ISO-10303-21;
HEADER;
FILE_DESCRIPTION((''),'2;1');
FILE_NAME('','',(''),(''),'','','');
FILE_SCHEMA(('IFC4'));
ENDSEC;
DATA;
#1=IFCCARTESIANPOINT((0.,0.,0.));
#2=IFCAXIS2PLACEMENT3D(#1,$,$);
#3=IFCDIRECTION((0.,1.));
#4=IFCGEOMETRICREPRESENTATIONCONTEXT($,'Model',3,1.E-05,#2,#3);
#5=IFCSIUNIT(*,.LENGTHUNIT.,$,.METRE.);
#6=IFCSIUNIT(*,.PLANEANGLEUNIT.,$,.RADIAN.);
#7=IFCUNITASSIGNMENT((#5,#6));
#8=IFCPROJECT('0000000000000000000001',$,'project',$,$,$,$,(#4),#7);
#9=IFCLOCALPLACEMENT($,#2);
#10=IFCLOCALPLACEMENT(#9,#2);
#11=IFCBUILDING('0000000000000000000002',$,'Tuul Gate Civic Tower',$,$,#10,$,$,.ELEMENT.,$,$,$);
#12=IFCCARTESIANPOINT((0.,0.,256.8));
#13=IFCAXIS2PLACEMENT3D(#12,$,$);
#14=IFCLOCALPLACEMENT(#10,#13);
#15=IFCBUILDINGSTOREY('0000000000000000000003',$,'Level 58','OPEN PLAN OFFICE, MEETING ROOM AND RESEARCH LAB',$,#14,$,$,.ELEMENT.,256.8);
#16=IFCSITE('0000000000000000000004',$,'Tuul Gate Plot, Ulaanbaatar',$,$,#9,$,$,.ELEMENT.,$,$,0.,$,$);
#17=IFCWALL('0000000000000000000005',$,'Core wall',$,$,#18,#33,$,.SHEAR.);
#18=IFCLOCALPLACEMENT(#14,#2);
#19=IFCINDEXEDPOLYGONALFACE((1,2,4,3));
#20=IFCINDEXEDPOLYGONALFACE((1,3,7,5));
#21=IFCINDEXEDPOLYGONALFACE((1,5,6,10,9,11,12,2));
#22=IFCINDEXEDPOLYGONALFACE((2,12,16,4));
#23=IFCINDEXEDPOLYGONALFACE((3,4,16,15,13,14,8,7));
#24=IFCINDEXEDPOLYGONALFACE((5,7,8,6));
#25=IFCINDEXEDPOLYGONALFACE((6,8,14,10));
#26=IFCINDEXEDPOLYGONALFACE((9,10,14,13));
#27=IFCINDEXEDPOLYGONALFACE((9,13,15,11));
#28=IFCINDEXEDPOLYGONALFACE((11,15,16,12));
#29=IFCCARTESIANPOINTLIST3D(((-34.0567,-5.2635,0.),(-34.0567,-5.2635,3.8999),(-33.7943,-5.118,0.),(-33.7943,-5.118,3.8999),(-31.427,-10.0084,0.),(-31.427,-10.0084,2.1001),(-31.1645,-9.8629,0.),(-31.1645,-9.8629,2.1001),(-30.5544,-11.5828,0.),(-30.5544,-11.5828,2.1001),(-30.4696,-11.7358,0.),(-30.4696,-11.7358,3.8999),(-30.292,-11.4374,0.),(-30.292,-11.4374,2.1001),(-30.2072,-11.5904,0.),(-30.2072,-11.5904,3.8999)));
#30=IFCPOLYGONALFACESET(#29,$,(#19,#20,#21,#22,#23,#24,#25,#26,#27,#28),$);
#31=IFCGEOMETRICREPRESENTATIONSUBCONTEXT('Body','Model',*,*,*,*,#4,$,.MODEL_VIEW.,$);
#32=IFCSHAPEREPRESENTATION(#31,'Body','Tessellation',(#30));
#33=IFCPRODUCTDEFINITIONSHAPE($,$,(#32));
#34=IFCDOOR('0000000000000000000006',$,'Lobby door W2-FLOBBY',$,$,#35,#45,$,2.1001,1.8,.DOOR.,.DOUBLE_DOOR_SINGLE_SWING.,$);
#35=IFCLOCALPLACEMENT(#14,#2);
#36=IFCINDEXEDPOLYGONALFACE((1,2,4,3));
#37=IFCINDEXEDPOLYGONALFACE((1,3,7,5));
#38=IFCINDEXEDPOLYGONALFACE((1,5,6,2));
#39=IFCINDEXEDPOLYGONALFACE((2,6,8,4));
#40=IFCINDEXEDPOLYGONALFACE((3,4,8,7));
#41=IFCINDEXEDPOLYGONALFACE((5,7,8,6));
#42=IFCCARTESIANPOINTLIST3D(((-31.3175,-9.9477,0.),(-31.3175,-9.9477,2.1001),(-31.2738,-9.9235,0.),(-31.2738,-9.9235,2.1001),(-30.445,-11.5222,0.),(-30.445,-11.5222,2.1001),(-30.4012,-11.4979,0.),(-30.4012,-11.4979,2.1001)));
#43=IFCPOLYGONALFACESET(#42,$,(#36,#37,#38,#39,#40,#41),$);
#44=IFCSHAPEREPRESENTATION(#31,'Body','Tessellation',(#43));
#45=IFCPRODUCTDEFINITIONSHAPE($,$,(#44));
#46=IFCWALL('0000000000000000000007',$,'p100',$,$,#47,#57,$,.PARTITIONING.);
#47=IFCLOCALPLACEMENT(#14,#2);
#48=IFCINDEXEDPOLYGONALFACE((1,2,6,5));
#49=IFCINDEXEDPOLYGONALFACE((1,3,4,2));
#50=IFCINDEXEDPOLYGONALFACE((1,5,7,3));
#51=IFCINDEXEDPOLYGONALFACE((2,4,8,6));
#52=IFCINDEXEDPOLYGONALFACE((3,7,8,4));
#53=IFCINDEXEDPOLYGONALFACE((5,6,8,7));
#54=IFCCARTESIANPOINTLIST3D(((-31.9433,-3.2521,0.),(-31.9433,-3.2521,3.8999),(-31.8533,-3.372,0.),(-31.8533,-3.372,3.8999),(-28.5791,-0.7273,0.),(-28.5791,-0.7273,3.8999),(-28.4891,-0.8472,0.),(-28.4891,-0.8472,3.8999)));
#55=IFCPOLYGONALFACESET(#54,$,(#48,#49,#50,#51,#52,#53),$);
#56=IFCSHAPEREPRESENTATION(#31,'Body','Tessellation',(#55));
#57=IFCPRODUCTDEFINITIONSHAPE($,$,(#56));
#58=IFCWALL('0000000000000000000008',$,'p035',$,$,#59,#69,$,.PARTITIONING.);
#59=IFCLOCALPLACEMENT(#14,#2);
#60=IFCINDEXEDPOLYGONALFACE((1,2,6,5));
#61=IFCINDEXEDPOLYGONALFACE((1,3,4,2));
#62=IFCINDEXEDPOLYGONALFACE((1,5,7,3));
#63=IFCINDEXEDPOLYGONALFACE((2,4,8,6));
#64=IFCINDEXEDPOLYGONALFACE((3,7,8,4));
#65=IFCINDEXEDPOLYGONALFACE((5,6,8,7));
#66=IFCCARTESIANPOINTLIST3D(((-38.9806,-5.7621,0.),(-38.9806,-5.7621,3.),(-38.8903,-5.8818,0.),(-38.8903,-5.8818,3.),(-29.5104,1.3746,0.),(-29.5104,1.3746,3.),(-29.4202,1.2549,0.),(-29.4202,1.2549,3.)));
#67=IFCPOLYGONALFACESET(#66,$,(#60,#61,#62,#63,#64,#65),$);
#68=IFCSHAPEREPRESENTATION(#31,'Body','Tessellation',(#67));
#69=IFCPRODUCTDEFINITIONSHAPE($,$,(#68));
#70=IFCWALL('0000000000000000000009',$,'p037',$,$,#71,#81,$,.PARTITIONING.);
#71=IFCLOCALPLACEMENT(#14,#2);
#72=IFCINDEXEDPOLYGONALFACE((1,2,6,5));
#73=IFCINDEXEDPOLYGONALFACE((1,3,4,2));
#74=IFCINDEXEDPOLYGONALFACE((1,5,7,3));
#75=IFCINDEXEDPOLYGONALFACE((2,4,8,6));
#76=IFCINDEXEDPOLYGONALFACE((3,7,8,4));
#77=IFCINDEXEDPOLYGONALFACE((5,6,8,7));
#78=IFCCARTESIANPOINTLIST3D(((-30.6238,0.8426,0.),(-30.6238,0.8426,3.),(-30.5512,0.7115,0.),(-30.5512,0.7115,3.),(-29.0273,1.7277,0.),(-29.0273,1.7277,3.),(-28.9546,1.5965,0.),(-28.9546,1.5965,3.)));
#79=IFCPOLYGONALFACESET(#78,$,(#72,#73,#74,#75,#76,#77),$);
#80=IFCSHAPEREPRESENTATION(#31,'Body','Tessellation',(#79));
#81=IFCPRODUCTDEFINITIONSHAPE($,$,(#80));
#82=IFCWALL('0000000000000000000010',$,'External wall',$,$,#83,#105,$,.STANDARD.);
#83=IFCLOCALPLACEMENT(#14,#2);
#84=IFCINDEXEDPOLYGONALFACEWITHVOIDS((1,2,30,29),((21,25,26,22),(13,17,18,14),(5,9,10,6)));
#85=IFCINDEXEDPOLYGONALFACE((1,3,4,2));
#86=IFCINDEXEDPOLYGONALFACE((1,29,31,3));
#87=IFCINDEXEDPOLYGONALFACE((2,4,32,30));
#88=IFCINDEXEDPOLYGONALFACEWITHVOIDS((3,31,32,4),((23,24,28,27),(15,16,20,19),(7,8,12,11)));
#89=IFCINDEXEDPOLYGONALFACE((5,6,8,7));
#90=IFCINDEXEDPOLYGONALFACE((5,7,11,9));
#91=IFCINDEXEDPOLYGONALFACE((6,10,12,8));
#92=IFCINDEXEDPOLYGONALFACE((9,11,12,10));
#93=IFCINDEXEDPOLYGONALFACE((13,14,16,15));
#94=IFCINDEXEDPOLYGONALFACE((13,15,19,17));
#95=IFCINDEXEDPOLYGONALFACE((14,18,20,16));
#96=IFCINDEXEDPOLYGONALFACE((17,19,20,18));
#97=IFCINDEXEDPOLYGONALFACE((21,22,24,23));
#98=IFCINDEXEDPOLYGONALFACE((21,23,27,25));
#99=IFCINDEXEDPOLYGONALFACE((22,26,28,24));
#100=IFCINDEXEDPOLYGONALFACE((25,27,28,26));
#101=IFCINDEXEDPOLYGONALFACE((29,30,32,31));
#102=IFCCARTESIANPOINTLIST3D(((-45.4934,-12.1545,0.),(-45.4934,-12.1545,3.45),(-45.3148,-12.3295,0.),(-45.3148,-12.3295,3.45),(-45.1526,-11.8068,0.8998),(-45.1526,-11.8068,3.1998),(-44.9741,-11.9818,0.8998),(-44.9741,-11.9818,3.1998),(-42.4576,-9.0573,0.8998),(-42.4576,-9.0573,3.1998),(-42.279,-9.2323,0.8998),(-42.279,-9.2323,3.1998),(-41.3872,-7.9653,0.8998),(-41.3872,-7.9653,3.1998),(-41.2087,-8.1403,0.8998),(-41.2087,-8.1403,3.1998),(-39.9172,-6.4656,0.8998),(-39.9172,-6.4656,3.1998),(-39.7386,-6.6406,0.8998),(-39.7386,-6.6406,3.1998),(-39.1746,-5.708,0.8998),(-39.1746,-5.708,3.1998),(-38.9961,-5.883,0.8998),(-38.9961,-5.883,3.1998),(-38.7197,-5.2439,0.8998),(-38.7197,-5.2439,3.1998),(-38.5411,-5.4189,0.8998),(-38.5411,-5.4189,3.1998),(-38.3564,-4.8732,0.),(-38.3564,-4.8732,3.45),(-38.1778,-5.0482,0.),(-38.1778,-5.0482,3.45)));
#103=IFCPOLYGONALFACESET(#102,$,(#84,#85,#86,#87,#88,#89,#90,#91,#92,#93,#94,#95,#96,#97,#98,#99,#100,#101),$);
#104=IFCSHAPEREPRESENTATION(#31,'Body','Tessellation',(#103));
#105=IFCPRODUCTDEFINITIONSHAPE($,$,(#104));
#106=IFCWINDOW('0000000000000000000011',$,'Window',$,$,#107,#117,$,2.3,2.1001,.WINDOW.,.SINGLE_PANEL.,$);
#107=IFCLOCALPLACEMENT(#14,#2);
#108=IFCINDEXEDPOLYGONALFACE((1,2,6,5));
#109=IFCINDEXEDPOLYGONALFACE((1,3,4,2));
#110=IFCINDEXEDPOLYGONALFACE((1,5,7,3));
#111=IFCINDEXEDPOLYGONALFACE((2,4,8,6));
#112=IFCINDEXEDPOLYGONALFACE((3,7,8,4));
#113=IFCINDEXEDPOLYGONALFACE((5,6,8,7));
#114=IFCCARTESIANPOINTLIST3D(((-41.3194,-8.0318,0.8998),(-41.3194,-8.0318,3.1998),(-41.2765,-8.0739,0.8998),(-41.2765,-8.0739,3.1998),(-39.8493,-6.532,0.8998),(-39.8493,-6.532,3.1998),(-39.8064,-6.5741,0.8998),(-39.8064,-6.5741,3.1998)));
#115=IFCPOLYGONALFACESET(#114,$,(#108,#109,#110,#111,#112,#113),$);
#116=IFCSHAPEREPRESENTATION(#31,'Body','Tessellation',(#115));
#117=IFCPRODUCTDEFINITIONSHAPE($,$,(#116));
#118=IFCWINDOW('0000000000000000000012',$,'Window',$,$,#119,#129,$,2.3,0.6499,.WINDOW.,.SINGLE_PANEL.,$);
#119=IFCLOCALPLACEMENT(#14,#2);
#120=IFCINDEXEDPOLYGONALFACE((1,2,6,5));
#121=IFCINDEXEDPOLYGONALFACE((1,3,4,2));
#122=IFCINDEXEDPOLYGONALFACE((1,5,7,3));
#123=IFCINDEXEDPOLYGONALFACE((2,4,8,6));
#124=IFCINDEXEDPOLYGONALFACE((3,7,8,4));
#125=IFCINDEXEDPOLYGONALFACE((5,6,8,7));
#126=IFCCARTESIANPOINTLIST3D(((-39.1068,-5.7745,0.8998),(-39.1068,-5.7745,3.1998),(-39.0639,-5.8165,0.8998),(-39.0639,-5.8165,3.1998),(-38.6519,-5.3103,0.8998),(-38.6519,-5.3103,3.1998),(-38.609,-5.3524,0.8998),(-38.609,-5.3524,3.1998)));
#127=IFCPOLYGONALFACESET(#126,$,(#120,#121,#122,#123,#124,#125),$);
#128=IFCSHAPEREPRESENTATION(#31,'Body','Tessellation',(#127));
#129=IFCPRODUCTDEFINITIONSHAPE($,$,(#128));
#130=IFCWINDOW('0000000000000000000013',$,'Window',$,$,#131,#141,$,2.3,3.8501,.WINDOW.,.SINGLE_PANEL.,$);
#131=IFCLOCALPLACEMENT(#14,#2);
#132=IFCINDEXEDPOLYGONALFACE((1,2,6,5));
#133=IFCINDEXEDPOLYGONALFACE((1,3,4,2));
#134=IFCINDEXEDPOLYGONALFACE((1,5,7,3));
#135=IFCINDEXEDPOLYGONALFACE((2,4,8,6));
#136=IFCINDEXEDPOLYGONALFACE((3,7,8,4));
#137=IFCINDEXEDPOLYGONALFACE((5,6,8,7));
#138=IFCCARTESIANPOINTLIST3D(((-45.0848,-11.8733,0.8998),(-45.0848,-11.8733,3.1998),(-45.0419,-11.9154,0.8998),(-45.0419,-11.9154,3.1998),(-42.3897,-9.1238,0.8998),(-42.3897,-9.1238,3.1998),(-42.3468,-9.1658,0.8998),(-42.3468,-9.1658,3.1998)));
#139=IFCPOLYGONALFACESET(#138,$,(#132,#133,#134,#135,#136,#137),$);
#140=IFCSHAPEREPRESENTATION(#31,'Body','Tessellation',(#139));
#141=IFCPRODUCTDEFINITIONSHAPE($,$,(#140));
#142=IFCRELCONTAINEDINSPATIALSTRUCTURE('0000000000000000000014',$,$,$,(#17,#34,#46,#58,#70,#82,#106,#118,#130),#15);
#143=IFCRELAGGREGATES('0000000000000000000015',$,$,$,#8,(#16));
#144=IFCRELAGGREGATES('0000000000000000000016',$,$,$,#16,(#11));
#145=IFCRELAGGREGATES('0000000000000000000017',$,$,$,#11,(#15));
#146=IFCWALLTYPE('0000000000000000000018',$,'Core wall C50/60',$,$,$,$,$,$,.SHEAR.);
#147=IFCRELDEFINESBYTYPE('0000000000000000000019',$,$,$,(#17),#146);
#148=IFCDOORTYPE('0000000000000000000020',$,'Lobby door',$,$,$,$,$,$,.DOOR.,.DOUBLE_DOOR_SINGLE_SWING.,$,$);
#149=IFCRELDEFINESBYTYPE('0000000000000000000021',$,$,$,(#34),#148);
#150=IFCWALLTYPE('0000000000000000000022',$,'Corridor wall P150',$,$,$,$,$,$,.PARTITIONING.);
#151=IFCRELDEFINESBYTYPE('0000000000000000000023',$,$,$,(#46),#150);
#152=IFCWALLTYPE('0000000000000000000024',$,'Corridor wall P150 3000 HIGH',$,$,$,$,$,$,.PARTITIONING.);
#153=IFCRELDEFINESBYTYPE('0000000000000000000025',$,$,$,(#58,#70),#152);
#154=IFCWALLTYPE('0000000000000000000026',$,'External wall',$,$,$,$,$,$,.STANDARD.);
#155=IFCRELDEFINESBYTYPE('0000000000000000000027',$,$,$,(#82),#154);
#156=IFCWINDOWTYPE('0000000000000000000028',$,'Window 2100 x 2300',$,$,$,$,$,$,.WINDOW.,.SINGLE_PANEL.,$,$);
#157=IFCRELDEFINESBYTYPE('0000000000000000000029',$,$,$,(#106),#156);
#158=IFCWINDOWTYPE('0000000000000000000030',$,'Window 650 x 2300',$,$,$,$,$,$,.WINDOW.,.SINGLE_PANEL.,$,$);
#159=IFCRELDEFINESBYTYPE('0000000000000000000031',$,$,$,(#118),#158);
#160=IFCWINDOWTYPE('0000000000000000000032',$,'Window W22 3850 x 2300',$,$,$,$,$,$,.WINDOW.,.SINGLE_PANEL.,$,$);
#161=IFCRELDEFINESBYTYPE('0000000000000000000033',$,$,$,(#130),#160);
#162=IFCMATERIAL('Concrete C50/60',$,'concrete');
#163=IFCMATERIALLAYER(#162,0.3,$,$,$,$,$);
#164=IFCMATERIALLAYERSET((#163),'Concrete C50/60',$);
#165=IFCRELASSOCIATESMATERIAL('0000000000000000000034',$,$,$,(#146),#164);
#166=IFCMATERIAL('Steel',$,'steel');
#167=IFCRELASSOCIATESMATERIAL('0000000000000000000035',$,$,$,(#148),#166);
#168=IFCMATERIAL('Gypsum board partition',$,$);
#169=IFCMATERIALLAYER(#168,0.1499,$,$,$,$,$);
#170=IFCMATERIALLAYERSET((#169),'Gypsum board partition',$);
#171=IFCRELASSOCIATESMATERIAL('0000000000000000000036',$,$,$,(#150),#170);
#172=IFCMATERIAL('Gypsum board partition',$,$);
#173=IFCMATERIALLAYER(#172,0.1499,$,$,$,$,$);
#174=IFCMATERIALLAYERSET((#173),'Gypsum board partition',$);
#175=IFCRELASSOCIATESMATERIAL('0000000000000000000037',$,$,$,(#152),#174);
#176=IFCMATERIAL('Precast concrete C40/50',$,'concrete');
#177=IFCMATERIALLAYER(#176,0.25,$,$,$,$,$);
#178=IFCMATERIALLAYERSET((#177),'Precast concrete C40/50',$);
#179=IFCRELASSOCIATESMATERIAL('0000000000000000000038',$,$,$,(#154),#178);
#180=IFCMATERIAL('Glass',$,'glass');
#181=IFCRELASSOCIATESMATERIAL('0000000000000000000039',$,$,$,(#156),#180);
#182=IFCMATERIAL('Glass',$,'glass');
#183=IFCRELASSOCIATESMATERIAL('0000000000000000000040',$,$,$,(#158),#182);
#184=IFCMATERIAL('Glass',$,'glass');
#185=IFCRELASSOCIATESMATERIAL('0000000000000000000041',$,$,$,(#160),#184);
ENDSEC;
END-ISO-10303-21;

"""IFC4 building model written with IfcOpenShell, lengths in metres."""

from ifc_helpers import new_model, si_unit, direction, frame, frame_2d, origin, place, context, subcontext, project, spatial, rectangle, extrude, material, layer, layer_set, type_object, element, fill, save


model = new_model("IFC4")

# Units and contexts
model_context = context("Model", 3, precision=1e-05, world=origin(), true_north=direction((0.0, 1.0)))
body_context = subcontext(model_context, "Body", "Model", "MODEL_VIEW")
ifc_project = project(units=[si_unit("LENGTHUNIT", "METRE"), si_unit("PLANEANGLEUNIT", "RADIAN")], contexts=[model_context])

# Site, building, storey
site_placement = place(None, origin())
site = spatial("IfcSite", under=ifc_project, at=site_placement, Name="Tuul Gate Plot, Ulaanbaatar", CompositionType="ELEMENT", RefElevation=0.0)
building_placement = place(site_placement, origin())
building = spatial("IfcBuilding", under=site, at=building_placement, Name="Tuul Gate Civic Tower", CompositionType="ELEMENT")
storey_placement = place(building_placement, frame((0.0, 0.0, 256.8)))
storey = spatial("IfcBuildingStorey", under=building, at=storey_placement, Name="Level 58", Description="OPEN PLAN OFFICE, MEETING ROOM AND RESEARCH LAB", CompositionType="ELEMENT", Elevation=256.8)

# Shared definitions
ifc_material_1 = material(Name="Concrete C50/60", Category="concrete")
ifc_layer_1 = layer(ifc_material_1, 0.3)
ifc_layer_set_1 = layer_set([ifc_layer_1], Name="Concrete C50/60")
wall_type_1 = type_object("IfcWallType", Name="Core wall C50/60", PredefinedType="SHEAR", material=ifc_layer_set_1)

# Wall, opening, door
wall_1_placement = place(storey_placement, frame((-30.3384, -11.6631, 0.0), z_axis=(0.0, 0.0, 1.0), x_axis=(-0.484752, 0.874652, 0.0)))
wall_1 = element("IfcWall", 1, at=wall_1_placement, inside=storey, type_object=wall_type_1, Name="Core wall", PredefinedType="SHEAR", context=body_context, shape_type="SweptSolid", body=[
    extrude(rectangle(XDim=7.3999, YDim=0.3, at=frame_2d((3.7, 0.0))), origin(), (0.0, 0.0, 1.0), 3.8999),
])
opening_1_placement = place(wall_1_placement, frame((0.175, 0.0, 0.0)))
opening_1 = element("IfcOpeningElement", 2, at=opening_1_placement, cuts=wall_1, PredefinedType="OPENING", context=body_context, shape_type="SweptSolid", body=[
    extrude(rectangle(XDim=1.8, YDim=2.1001, at=frame_2d((0.8999, 1.05))), frame((0.0, 0.1602, 0.0), z_axis=(0.0, -1.0, 0.0), x_axis=(1.0, 0.0, 0.0)), (0.0, 0.0, 1.0), 0.3201),
])
ifc_material_2 = material(Name="Steel", Category="steel")
door_type_1 = type_object("IfcDoorType", Name="Lobby door", OperationType="DOUBLE_DOOR_SINGLE_SWING", PredefinedType="DOOR", material=ifc_material_2)
door_1_placement = place(opening_1_placement, origin())
door_1 = element("IfcDoor", 3, at=door_1_placement, inside=storey, type_object=door_type_1, Name="Lobby door W2-FLOBBY", OperationType="DOUBLE_DOOR_SINGLE_SWING", OverallHeight=2.1001, OverallWidth=1.8, PredefinedType="DOOR", context=body_context, shape_type="SweptSolid", body=[
    extrude(rectangle(XDim=1.8, YDim=2.1001, at=frame_2d((0.8999, 1.05))), frame((0.0, 0.0249, 0.0), z_axis=(0.0, -1.0, 0.0), x_axis=(1.0, 0.0, 0.0)), (0.0, 0.0, 1.0), 0.05),
])
fill(opening_1, door_1)

# Walls
ifc_material_3 = material(Name="Gypsum board partition")
ifc_layer_2 = layer(ifc_material_3, 0.1499)
ifc_layer_set_2 = layer_set([ifc_layer_2], Name="Gypsum board partition")
wall_type_2 = type_object("IfcWallType", Name="Corridor wall P150", PredefinedType="PARTITIONING", material=ifc_layer_set_2)
wall_2_placement = place(storey_placement, frame((-31.8982, -3.312, 0.0), z_axis=(0.0, 0.0, 1.0), x_axis=(0.799805, 0.60026, 0.0)))
element("IfcWall", 4, at=wall_2_placement, inside=storey, type_object=wall_type_2, Name="p100", PredefinedType="PARTITIONING", context=body_context, shape_type="SweptSolid", body=[
    extrude(rectangle(XDim=4.2063, YDim=0.1499, at=frame_2d((2.103, 0.0))), origin(), (0.0, 0.0, 1.0), 3.8999),
])
ifc_material_4 = material(Name="Gypsum board partition")
ifc_layer_3 = layer(ifc_material_4, 0.1499)
ifc_layer_set_3 = layer_set([ifc_layer_3], Name="Gypsum board partition")
wall_type_3 = type_object("IfcWallType", Name="Corridor wall P150 3000 HIGH", PredefinedType="PARTITIONING", material=ifc_layer_set_3)
wall_3_placement = place(storey_placement, frame((-38.9355, -5.822, 0.0), z_axis=(0.0, 0.0, 1.0), x_axis=(0.798619, 0.601837, 0.0)))
element("IfcWall", 5, at=wall_3_placement, inside=storey, type_object=wall_type_3, Name="p035", PredefinedType="PARTITIONING", context=body_context, shape_type="SweptSolid", body=[
    extrude(rectangle(XDim=11.8582, YDim=0.1499, at=frame_2d((5.9292, 0.0))), origin(), (0.0, 0.0, 1.0), 3.0),
])
wall_4_placement = place(storey_placement, frame((-30.5874, 0.7771, 0.0), z_axis=(0.0, 0.0, 1.0), x_axis=(0.874599, 0.484848, 0.0)))
element("IfcWall", 6, at=wall_4_placement, inside=storey, type_object=wall_type_3, Name="p037", PredefinedType="PARTITIONING", context=body_context, shape_type="SweptSolid", body=[
    extrude(rectangle(XDim=1.8254, YDim=0.1499, at=frame_2d((0.9126, 0.0))), origin(), (0.0, 0.0, 1.0), 3.0),
])

# Wall, openings, windows
ifc_material_5 = material(Name="Precast concrete C40/50", Category="concrete")
ifc_layer_4 = layer(ifc_material_5, 0.25)
ifc_layer_set_4 = layer_set([ifc_layer_4], Name="Precast concrete C40/50")
wall_type_4 = type_object("IfcWallType", Name="External wall", PredefinedType="STANDARD", material=ifc_layer_set_4)
wall_5_placement = place(storey_placement, frame((-38.2671, -4.9607, 0.0), z_axis=(0.0, 0.0, 1.0), x_axis=(-0.699996, -0.714147, 0.0)))
wall_5 = element("IfcWall", 7, at=wall_5_placement, inside=storey, type_object=wall_type_4, Name="External wall", PredefinedType="STANDARD", context=body_context, shape_type="SweptSolid", body=[
    extrude(rectangle(XDim=10.1958, YDim=0.25, at=frame_2d((5.0979, 0.0))), origin(), (0.0, 0.0, 1.0), 3.45),
])
opening_2_placement = place(wall_5_placement, frame((5.8589, 0.0, 0.8999)))
opening_2 = element("IfcOpeningElement", 8, at=opening_2_placement, cuts=wall_5, PredefinedType="OPENING", context=body_context, shape_type="SweptSolid", body=[
    extrude(rectangle(XDim=3.8501, YDim=2.3, at=frame_2d((1.925, 1.1499))), frame((0.0, 0.135, 0.0), z_axis=(0.0, -1.0, 0.0), x_axis=(1.0, 0.0, 0.0)), (0.0, 0.0, 1.0), 0.27),
])
opening_3_placement = place(wall_5_placement, frame((0.519, 0.0, 0.8999)))
opening_3 = element("IfcOpeningElement", 9, at=opening_3_placement, cuts=wall_5, PredefinedType="OPENING", context=body_context, shape_type="SweptSolid", body=[
    extrude(rectangle(XDim=0.6499, YDim=2.3, at=frame_2d((0.325, 1.1499))), frame((0.0, 0.135, 0.0), z_axis=(0.0, -1.0, 0.0), x_axis=(1.0, 0.0, 0.0)), (0.0, 0.0, 1.0), 0.27),
])
opening_4_placement = place(wall_5_placement, frame((2.2297, 0.0, 0.8999)))
opening_4 = element("IfcOpeningElement", 10, at=opening_4_placement, cuts=wall_5, PredefinedType="OPENING", context=body_context, shape_type="SweptSolid", body=[
    extrude(rectangle(XDim=2.1001, YDim=2.3, at=frame_2d((1.05, 1.1499))), frame((0.0, 0.135, 0.0), z_axis=(0.0, -1.0, 0.0), x_axis=(1.0, 0.0, 0.0)), (0.0, 0.0, 1.0), 0.27),
])
ifc_material_6 = material(Name="Glass", Category="glass")
window_type_1 = type_object("IfcWindowType", Name="Window 2100 x 2300", PartitioningType="SINGLE_PANEL", PredefinedType="WINDOW", material=ifc_material_6)
window_1_placement = place(opening_4_placement, origin())
window_1 = element("IfcWindow", 11, at=window_1_placement, inside=storey, type_object=window_type_1, Name="Window", OverallHeight=2.3, OverallWidth=2.1001, PartitioningType="SINGLE_PANEL", PredefinedType="WINDOW", context=body_context, shape_type="SweptSolid", body=[
    extrude(rectangle(XDim=2.1001, YDim=2.3, at=frame_2d((1.05, 1.1499))), frame((0.0, 0.03, 0.0), z_axis=(0.0, -1.0, 0.0), x_axis=(1.0, 0.0, 0.0)), (0.0, 0.0, 1.0), 0.0601),
])
fill(opening_4, window_1)
ifc_material_7 = material(Name="Glass", Category="glass")
window_type_2 = type_object("IfcWindowType", Name="Window 650 x 2300", PartitioningType="SINGLE_PANEL", PredefinedType="WINDOW", material=ifc_material_7)
window_2_placement = place(opening_3_placement, origin())
window_2 = element("IfcWindow", 12, at=window_2_placement, inside=storey, type_object=window_type_2, Name="Window", OverallHeight=2.3, OverallWidth=0.6499, PartitioningType="SINGLE_PANEL", PredefinedType="WINDOW", context=body_context, shape_type="SweptSolid", body=[
    extrude(rectangle(XDim=0.6499, YDim=2.3, at=frame_2d((0.325, 1.1499))), frame((0.0, 0.03, 0.0), z_axis=(0.0, -1.0, 0.0), x_axis=(1.0, 0.0, 0.0)), (0.0, 0.0, 1.0), 0.0601),
])
fill(opening_3, window_2)
ifc_material_8 = material(Name="Glass", Category="glass")
window_type_3 = type_object("IfcWindowType", Name="Window W22 3850 x 2300", PartitioningType="SINGLE_PANEL", PredefinedType="WINDOW", material=ifc_material_8)
window_3_placement = place(opening_2_placement, origin())
window_3 = element("IfcWindow", 13, at=window_3_placement, inside=storey, type_object=window_type_3, Name="Window", OverallHeight=2.3, OverallWidth=3.8501, PartitioningType="SINGLE_PANEL", PredefinedType="WINDOW", context=body_context, shape_type="SweptSolid", body=[
    extrude(rectangle(XDim=3.8501, YDim=2.3, at=frame_2d((1.925, 1.1499))), frame((0.0, 0.03, 0.0), z_axis=(0.0, -1.0, 0.0), x_axis=(1.0, 0.0, 0.0)), (0.0, 0.0, 1.0), 0.0601),
])
fill(opening_2, window_3)

save(model, "model.ifc")
